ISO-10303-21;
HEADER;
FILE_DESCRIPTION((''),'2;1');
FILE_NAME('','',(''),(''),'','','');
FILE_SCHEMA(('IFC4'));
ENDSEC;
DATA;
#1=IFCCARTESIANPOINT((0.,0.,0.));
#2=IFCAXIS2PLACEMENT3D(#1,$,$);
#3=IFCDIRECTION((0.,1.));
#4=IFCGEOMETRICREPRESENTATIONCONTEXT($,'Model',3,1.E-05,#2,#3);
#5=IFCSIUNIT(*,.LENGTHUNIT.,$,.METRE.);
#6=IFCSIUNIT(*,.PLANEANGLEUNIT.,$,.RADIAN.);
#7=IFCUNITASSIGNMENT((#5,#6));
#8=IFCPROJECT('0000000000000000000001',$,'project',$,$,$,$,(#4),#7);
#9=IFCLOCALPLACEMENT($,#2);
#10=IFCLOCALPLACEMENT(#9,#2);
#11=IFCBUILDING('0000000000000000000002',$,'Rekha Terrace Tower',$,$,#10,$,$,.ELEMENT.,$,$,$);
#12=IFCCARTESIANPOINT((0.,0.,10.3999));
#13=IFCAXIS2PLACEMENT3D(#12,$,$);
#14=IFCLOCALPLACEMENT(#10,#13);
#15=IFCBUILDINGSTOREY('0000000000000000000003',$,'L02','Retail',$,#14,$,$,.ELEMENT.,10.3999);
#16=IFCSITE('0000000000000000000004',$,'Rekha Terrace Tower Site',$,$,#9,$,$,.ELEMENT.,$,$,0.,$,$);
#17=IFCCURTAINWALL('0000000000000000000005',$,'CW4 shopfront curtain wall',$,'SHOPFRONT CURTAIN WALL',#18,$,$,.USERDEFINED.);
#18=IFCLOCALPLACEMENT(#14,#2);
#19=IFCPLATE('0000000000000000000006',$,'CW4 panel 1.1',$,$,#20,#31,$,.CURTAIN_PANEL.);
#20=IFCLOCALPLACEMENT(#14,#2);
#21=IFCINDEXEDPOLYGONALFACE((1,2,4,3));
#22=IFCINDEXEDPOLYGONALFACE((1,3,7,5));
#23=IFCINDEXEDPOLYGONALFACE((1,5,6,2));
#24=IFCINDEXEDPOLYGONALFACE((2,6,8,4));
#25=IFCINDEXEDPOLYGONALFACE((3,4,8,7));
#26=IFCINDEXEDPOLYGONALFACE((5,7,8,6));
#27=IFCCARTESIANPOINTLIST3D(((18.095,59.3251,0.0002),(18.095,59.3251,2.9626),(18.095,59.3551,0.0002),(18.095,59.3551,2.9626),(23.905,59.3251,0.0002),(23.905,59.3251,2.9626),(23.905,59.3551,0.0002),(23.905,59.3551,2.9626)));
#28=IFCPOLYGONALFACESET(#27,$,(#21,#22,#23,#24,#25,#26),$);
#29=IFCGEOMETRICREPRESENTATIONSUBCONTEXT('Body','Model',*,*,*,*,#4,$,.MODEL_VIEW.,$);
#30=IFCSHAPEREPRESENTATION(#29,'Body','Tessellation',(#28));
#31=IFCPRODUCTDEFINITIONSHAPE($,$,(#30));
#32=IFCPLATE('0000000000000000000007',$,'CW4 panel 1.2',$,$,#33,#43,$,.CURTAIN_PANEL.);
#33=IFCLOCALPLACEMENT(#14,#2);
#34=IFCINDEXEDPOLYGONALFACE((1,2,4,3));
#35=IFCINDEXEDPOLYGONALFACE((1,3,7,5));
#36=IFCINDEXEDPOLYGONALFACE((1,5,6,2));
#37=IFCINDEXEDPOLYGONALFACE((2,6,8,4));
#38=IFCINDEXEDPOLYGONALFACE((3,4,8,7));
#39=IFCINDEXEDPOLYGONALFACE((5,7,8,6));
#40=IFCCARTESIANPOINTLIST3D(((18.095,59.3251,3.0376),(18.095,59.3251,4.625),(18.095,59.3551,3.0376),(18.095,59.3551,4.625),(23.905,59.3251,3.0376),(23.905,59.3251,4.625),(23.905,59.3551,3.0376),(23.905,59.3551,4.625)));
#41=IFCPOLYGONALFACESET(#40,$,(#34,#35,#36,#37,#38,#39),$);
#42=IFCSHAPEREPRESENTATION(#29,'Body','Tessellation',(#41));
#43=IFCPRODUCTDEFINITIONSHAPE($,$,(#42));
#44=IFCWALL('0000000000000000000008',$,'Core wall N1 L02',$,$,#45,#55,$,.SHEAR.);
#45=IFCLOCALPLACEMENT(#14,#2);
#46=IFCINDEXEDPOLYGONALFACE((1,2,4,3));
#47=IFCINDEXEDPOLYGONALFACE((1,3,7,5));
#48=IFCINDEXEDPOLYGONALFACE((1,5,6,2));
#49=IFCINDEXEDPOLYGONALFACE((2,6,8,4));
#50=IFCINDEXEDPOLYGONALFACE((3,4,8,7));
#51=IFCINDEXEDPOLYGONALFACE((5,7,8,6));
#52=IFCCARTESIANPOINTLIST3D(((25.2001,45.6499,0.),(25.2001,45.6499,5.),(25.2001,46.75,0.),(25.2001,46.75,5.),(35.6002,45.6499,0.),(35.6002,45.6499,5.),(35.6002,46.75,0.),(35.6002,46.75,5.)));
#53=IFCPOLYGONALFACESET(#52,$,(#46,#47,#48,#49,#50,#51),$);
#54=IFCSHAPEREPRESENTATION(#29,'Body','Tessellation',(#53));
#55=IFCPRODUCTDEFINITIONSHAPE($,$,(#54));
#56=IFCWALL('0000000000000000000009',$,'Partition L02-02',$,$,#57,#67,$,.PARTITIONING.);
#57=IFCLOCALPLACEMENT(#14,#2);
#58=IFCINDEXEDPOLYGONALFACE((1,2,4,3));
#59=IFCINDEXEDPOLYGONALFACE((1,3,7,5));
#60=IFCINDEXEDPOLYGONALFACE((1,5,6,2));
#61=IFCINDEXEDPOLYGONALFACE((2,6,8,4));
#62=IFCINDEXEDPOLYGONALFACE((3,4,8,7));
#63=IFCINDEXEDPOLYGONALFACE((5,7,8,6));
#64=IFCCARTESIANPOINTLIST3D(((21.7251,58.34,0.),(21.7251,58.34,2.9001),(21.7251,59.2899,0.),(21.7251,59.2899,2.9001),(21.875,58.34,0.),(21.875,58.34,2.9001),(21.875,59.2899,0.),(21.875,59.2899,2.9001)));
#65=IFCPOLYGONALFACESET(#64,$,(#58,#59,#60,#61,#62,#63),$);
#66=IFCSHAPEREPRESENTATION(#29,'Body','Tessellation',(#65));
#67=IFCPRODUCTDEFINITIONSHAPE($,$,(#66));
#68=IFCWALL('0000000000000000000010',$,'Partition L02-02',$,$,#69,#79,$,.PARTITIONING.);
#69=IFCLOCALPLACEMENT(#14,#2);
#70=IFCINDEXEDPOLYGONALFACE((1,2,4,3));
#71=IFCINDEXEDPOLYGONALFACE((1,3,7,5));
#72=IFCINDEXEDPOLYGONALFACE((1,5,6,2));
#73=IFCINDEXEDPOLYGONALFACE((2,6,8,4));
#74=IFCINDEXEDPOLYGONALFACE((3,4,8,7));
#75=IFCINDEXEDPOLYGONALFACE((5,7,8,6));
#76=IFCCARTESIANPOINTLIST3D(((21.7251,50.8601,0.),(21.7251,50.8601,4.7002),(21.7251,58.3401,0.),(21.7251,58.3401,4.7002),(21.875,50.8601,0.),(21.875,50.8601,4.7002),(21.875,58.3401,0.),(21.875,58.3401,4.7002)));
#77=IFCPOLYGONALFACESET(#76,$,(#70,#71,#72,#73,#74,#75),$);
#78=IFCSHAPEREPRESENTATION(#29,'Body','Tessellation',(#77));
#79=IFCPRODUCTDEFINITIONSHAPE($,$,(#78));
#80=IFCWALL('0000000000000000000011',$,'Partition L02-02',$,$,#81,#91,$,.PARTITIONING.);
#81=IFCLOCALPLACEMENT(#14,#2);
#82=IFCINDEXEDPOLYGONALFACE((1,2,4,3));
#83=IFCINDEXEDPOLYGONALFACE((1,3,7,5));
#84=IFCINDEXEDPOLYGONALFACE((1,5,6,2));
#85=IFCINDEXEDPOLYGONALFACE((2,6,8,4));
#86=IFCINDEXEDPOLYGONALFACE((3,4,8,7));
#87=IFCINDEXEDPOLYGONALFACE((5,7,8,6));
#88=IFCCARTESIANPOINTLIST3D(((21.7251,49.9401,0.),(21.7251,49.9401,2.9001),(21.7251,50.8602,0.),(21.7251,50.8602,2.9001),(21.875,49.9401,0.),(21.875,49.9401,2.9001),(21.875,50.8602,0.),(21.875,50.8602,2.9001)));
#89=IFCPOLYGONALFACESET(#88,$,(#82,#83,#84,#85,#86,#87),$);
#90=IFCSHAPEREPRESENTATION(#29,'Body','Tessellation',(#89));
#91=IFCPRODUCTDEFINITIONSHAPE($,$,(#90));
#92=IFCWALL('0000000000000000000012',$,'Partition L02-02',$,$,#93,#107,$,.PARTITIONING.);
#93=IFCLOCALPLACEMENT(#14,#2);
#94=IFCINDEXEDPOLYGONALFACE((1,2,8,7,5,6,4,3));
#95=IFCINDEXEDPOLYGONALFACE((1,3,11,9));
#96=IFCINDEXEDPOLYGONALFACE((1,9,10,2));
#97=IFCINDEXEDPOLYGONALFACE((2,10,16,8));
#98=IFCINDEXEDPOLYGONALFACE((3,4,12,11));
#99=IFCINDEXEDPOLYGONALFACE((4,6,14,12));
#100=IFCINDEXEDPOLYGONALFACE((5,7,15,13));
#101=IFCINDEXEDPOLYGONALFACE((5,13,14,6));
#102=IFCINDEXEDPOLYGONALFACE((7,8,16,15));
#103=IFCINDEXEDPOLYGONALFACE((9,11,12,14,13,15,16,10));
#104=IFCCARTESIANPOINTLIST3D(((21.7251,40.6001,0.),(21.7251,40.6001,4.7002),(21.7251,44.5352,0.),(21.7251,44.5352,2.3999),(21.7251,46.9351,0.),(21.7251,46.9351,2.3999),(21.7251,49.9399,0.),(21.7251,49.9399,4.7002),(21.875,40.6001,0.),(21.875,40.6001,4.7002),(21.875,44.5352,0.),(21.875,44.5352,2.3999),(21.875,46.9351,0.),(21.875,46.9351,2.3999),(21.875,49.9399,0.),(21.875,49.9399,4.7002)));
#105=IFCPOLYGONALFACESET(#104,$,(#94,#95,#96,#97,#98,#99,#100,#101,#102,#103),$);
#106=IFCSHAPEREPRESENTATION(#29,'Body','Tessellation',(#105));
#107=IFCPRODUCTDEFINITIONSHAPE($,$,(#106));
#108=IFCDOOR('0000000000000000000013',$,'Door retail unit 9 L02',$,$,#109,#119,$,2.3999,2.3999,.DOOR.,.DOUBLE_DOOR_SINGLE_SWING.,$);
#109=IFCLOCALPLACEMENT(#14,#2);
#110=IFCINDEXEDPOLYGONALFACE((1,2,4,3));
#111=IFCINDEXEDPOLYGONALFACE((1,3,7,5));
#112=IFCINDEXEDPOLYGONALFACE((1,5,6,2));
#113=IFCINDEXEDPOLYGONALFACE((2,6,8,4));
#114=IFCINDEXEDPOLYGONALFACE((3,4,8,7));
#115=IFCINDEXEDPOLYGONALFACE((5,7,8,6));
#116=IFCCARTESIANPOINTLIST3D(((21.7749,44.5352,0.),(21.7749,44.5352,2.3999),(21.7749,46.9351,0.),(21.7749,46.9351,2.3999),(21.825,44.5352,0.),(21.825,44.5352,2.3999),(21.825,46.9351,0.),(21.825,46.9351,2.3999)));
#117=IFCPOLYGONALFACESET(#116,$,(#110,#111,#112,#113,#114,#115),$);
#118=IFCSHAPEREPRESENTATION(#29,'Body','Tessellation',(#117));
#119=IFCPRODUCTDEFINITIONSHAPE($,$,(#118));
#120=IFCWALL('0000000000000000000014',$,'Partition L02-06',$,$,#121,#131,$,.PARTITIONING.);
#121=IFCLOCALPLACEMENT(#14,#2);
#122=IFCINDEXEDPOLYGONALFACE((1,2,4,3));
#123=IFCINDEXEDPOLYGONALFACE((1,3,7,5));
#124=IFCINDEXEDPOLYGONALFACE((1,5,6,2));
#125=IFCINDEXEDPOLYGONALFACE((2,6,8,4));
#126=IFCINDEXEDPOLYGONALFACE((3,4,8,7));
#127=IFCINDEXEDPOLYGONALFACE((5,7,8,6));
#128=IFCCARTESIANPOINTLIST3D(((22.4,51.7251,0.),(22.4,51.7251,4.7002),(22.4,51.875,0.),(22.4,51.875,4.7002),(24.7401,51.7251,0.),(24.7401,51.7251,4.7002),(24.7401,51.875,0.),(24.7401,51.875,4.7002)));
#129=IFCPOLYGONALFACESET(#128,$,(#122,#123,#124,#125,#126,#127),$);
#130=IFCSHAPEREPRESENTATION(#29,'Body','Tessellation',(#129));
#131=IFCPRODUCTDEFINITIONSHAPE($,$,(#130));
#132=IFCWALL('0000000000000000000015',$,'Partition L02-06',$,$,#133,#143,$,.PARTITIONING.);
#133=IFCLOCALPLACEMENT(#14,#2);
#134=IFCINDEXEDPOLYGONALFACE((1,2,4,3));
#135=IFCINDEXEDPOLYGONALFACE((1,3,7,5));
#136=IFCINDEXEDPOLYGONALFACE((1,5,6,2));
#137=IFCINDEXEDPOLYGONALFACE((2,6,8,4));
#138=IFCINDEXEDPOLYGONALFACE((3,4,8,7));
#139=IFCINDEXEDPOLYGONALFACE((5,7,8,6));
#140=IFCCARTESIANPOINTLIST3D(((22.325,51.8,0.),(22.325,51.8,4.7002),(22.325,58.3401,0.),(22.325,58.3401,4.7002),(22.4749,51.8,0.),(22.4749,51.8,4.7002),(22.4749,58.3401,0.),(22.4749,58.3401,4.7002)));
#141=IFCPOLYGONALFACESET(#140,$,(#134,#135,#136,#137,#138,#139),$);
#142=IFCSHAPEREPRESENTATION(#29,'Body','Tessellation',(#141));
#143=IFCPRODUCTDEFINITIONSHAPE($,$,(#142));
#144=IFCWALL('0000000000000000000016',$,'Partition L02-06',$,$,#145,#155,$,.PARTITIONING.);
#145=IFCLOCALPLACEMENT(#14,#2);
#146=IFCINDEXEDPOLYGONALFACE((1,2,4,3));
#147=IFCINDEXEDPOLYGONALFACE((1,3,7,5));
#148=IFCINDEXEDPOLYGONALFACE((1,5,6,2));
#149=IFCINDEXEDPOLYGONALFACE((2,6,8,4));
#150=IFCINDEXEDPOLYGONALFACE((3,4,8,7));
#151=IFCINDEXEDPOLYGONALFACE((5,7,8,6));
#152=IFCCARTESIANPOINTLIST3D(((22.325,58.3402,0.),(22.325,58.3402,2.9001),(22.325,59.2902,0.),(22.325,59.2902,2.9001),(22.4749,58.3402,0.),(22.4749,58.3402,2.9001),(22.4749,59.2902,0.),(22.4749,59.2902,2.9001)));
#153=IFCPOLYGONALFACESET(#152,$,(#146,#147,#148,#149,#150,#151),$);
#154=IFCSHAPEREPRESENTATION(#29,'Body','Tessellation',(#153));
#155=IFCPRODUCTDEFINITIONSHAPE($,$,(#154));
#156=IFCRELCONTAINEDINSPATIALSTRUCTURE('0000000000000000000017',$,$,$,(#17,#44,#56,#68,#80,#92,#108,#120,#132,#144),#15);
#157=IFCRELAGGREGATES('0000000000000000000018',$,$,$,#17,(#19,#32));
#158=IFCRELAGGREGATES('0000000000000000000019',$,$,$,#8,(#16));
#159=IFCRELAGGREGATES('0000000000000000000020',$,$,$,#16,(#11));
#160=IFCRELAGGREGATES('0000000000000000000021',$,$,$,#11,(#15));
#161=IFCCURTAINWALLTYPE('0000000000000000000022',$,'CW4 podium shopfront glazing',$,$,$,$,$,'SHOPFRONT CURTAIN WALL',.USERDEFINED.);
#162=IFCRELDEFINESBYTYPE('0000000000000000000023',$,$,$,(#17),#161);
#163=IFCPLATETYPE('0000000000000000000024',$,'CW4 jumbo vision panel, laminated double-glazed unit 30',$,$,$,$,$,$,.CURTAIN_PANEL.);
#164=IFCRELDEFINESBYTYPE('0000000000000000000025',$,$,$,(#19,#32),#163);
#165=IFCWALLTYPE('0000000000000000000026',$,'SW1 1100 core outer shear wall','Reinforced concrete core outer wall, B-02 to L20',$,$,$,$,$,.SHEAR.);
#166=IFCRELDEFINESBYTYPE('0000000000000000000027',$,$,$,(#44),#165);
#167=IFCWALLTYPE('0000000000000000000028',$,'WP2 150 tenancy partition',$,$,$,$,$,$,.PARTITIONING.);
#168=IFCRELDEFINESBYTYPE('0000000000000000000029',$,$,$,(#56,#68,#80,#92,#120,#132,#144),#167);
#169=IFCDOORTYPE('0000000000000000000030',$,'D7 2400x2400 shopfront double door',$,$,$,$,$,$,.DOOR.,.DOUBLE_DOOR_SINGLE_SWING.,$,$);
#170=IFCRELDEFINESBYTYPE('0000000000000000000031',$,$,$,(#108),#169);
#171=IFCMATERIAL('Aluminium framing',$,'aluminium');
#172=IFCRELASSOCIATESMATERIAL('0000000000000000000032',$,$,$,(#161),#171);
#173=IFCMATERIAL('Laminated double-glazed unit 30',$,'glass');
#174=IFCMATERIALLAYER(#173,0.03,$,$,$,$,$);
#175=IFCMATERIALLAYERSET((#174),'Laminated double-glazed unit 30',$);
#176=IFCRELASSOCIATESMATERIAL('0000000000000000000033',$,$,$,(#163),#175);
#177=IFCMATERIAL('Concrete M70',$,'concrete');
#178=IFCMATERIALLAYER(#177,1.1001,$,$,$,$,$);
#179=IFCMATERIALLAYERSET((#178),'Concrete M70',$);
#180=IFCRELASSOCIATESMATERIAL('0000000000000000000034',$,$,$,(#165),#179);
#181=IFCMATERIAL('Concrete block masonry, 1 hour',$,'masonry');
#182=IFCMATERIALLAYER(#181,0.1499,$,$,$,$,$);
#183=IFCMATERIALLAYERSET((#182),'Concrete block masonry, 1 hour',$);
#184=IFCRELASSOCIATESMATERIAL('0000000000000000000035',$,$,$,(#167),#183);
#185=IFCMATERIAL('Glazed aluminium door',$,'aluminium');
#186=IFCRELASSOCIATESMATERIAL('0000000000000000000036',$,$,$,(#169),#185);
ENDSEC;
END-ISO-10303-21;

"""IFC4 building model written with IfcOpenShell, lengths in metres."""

from ifc_helpers import new_model, si_unit, direction, frame, frame_2d, origin, origin_2d, place, context, subcontext, project, spatial, rectangle, extrude, material, layer, layer_set, type_object, element, fill, aggregate, save


model = new_model("IFC4")

# Units and contexts
model_context = context("Model", 3, precision=1e-05, world=origin(), true_north=direction((0.0, 1.0)))
body_context = subcontext(model_context, "Body", "Model", "MODEL_VIEW")
ifc_project = project(units=[si_unit("LENGTHUNIT", "METRE"), si_unit("PLANEANGLEUNIT", "RADIAN")], contexts=[model_context])

# Site, building, storey
site_placement = place(None, origin())
site = spatial("IfcSite", under=ifc_project, at=site_placement, Name="Rekha Terrace Tower Site", CompositionType="ELEMENT", RefElevation=0.0)
building_placement = place(site_placement, origin())
building = spatial("IfcBuilding", under=site, at=building_placement, Name="Rekha Terrace Tower", CompositionType="ELEMENT")
storey_placement = place(building_placement, frame((0.0, 0.0, 10.3999)))
storey = spatial("IfcBuildingStorey", under=building, at=storey_placement, Name="L02", Description="Retail", CompositionType="ELEMENT", Elevation=10.3999)

# Shared definitions
ifc_material_1 = material(Name="Concrete M70", Category="concrete")

# Curtain wall
ifc_material_2 = material(Name="Aluminium framing", Category="aluminium")
curtain_wall_type = type_object("IfcCurtainWallType", Name="CW4 podium shopfront glazing", ElementType="SHOPFRONT CURTAIN WALL", PredefinedType="USERDEFINED", material=ifc_material_2)
curtain_wall_1_placement = place(storey_placement, origin())
curtain_wall_1 = element("IfcCurtainWall", 1, at=curtain_wall_1_placement, inside=storey, type_object=curtain_wall_type, Name="CW4 shopfront curtain wall", ObjectType="SHOPFRONT CURTAIN WALL", PredefinedType="USERDEFINED")

# Plates
ifc_material_3 = material(Name="Laminated double-glazed unit 30", Category="glass")
ifc_layer_1 = layer(ifc_material_3, 0.03)
ifc_layer_set_1 = layer_set([ifc_layer_1], Name="Laminated double-glazed unit 30")
plate_type = type_object("IfcPlateType", Name="CW4 jumbo vision panel, laminated double-glazed unit 30", PredefinedType="CURTAIN_PANEL", material=ifc_layer_set_1)
plate_1_placement = place(storey_placement, frame((21.0, 59.3401, 0.0002), z_axis=(0.0, 0.0, 1.0), x_axis=(-1.0, 0.0, 0.0)))
plate_1 = element("IfcPlate", 2, at=plate_1_placement, type_object=plate_type, Name="CW4 panel 1.1", PredefinedType="CURTAIN_PANEL", context=body_context, shape_type="SweptSolid", body=[
    extrude(rectangle(XDim=5.8101, YDim=0.03, at=origin_2d()), origin(), (0.0, 0.0, 1.0), 2.9624),
])
plate_2_placement = place(storey_placement, frame((21.0, 59.3401, 3.0376), z_axis=(0.0, 0.0, 1.0), x_axis=(-1.0, 0.0, 0.0)))
plate_2 = element("IfcPlate", 3, at=plate_2_placement, type_object=plate_type, Name="CW4 panel 1.2", PredefinedType="CURTAIN_PANEL", context=body_context, shape_type="SweptSolid", body=[
    extrude(rectangle(XDim=5.8101, YDim=0.03, at=origin_2d()), origin(), (0.0, 0.0, 1.0), 1.5874),
])
aggregate(curtain_wall_1, [plate_1, plate_2])

# Walls
ifc_layer_2 = layer(ifc_material_1, 1.1001)
ifc_layer_set_2 = layer_set([ifc_layer_2], Name="Concrete M70")
wall_type_1 = type_object("IfcWallType", Name="SW1 1100 core outer shear wall", Description="Reinforced concrete core outer wall, B-02 to L20", PredefinedType="SHEAR", material=ifc_layer_set_2)
wall_1_placement = place(storey_placement, frame((25.2, 46.2, 0.0), z_axis=(0.0, 0.0, 1.0), x_axis=(1.0, 0.0, 0.0)))
element("IfcWall", 4, at=wall_1_placement, inside=storey, type_object=wall_type_1, Name="Core wall N1 L02", PredefinedType="SHEAR", context=body_context, shape_type="SweptSolid", body=[
    extrude(rectangle(XDim=10.4001, YDim=1.1001, at=frame_2d((5.2002, 0.0))), origin(), (0.0, 0.0, 1.0), 5.0),
])
ifc_material_4 = material(Name="Concrete block masonry, 1 hour", Category="masonry")
ifc_layer_3 = layer(ifc_material_4, 0.1499)
ifc_layer_set_3 = layer_set([ifc_layer_3], Name="Concrete block masonry, 1 hour")
wall_type_2 = type_object("IfcWallType", Name="WP2 150 tenancy partition", PredefinedType="PARTITIONING", material=ifc_layer_set_3)
wall_2_placement = place(storey_placement, frame((21.8, 59.29, 0.0), z_axis=(0.0, 0.0, 1.0), x_axis=(0.0, -1.0, 0.0)))
element("IfcWall", 5, at=wall_2_placement, inside=storey, type_object=wall_type_2, Name="Partition L02-02", PredefinedType="PARTITIONING", context=body_context, shape_type="SweptSolid", body=[
    extrude(rectangle(XDim=0.95, YDim=0.1499, at=frame_2d((0.4751, 0.0))), origin(), (0.0, 0.0, 1.0), 2.9001),
])
wall_3_placement = place(storey_placement, frame((21.8, 58.3401, 0.0), z_axis=(0.0, 0.0, 1.0), x_axis=(0.0, -1.0, 0.0)))
element("IfcWall", 6, at=wall_3_placement, inside=storey, type_object=wall_type_2, Name="Partition L02-02", PredefinedType="PARTITIONING", context=body_context, shape_type="SweptSolid", body=[
    extrude(rectangle(XDim=7.48, YDim=0.1499, at=frame_2d((3.74, 0.0))), origin(), (0.0, 0.0, 1.0), 4.7002),
])
wall_4_placement = place(storey_placement, frame((21.8, 50.8601, 0.0), z_axis=(0.0, 0.0, 1.0), x_axis=(0.0, -1.0, 0.0)))
element("IfcWall", 7, at=wall_4_placement, inside=storey, type_object=wall_type_2, Name="Partition L02-02", PredefinedType="PARTITIONING", context=body_context, shape_type="SweptSolid", body=[
    extrude(rectangle(XDim=0.9202, YDim=0.1499, at=frame_2d((0.46, 0.0))), origin(), (0.0, 0.0, 1.0), 2.9001),
])

# Wall, opening, door
wall_5_placement = place(storey_placement, frame((21.8, 49.9399, 0.0), z_axis=(0.0, 0.0, 1.0), x_axis=(0.0, -1.0, 0.0)))
wall_5 = element("IfcWall", 8, at=wall_5_placement, inside=storey, type_object=wall_type_2, Name="Partition L02-02", PredefinedType="PARTITIONING", context=body_context, shape_type="SweptSolid", body=[
    extrude(rectangle(XDim=9.3398, YDim=0.1499, at=frame_2d((4.6699, 0.0))), origin(), (0.0, 0.0, 1.0), 4.7002),
])
opening_placement = place(wall_5_placement, frame((3.0049, 0.0, 0.0)))
opening = element("IfcOpeningElement", 9, at=opening_placement, cuts=wall_5, PredefinedType="OPENING", context=body_context, shape_type="SweptSolid", body=[
    extrude(rectangle(XDim=2.3999, YDim=2.3999, at=frame_2d((1.2, 1.2))), frame((0.0, 0.085, 0.0), z_axis=(0.0, -1.0, 0.0), x_axis=(1.0, 0.0, 0.0)), (0.0, 0.0, 1.0), 0.1699),
])
ifc_material_5 = material(Name="Glazed aluminium door", Category="aluminium")
door_type = type_object("IfcDoorType", Name="D7 2400x2400 shopfront double door", OperationType="DOUBLE_DOOR_SINGLE_SWING", PredefinedType="DOOR", material=ifc_material_5)
door_placement = place(opening_placement, origin())
door = element("IfcDoor", 10, at=door_placement, inside=storey, type_object=door_type, Name="Door retail unit 9 L02", OperationType="DOUBLE_DOOR_SINGLE_SWING", OverallHeight=2.3999, OverallWidth=2.3999, PredefinedType="DOOR", context=body_context, shape_type="SweptSolid", body=[
    extrude(rectangle(XDim=2.3999, YDim=2.3999, at=frame_2d((1.2, 1.2))), frame((0.0, 0.0249, 0.0), z_axis=(0.0, -1.0, 0.0), x_axis=(1.0, 0.0, 0.0)), (0.0, 0.0, 1.0), 0.05),
])
fill(opening, door)

# Walls
wall_6_placement = place(storey_placement, frame((24.74, 51.8, 0.0), z_axis=(0.0, 0.0, 1.0), x_axis=(-1.0, 0.0, 0.0)))
element("IfcWall", 11, at=wall_6_placement, inside=storey, type_object=wall_type_2, Name="Partition L02-06", PredefinedType="PARTITIONING", context=body_context, shape_type="SweptSolid", body=[
    extrude(rectangle(XDim=2.3401, YDim=0.1499, at=frame_2d((1.1699, 0.0))), origin(), (0.0, 0.0, 1.0), 4.7002),
])
wall_7_placement = place(storey_placement, frame((22.3999, 51.8, 0.0), z_axis=(0.0, 0.0, 1.0), x_axis=(0.0, 1.0, 0.0)))
element("IfcWall", 12, at=wall_7_placement, inside=storey, type_object=wall_type_2, Name="Partition L02-06", PredefinedType="PARTITIONING", context=body_context, shape_type="SweptSolid", body=[
    extrude(rectangle(XDim=6.54, YDim=0.1499, at=frame_2d((3.27, 0.0))), origin(), (0.0, 0.0, 1.0), 4.7002),
])
wall_8_placement = place(storey_placement, frame((22.3999, 58.3401, 0.0), z_axis=(0.0, 0.0, 1.0), x_axis=(0.0, 1.0, 0.0)))
element("IfcWall", 13, at=wall_8_placement, inside=storey, type_object=wall_type_2, Name="Partition L02-06", PredefinedType="PARTITIONING", context=body_context, shape_type="SweptSolid", body=[
    extrude(rectangle(XDim=0.95, YDim=0.1499, at=frame_2d((0.4751, 0.0))), origin(), (0.0, 0.0, 1.0), 2.9001),
])

save(model, "model.ifc")
